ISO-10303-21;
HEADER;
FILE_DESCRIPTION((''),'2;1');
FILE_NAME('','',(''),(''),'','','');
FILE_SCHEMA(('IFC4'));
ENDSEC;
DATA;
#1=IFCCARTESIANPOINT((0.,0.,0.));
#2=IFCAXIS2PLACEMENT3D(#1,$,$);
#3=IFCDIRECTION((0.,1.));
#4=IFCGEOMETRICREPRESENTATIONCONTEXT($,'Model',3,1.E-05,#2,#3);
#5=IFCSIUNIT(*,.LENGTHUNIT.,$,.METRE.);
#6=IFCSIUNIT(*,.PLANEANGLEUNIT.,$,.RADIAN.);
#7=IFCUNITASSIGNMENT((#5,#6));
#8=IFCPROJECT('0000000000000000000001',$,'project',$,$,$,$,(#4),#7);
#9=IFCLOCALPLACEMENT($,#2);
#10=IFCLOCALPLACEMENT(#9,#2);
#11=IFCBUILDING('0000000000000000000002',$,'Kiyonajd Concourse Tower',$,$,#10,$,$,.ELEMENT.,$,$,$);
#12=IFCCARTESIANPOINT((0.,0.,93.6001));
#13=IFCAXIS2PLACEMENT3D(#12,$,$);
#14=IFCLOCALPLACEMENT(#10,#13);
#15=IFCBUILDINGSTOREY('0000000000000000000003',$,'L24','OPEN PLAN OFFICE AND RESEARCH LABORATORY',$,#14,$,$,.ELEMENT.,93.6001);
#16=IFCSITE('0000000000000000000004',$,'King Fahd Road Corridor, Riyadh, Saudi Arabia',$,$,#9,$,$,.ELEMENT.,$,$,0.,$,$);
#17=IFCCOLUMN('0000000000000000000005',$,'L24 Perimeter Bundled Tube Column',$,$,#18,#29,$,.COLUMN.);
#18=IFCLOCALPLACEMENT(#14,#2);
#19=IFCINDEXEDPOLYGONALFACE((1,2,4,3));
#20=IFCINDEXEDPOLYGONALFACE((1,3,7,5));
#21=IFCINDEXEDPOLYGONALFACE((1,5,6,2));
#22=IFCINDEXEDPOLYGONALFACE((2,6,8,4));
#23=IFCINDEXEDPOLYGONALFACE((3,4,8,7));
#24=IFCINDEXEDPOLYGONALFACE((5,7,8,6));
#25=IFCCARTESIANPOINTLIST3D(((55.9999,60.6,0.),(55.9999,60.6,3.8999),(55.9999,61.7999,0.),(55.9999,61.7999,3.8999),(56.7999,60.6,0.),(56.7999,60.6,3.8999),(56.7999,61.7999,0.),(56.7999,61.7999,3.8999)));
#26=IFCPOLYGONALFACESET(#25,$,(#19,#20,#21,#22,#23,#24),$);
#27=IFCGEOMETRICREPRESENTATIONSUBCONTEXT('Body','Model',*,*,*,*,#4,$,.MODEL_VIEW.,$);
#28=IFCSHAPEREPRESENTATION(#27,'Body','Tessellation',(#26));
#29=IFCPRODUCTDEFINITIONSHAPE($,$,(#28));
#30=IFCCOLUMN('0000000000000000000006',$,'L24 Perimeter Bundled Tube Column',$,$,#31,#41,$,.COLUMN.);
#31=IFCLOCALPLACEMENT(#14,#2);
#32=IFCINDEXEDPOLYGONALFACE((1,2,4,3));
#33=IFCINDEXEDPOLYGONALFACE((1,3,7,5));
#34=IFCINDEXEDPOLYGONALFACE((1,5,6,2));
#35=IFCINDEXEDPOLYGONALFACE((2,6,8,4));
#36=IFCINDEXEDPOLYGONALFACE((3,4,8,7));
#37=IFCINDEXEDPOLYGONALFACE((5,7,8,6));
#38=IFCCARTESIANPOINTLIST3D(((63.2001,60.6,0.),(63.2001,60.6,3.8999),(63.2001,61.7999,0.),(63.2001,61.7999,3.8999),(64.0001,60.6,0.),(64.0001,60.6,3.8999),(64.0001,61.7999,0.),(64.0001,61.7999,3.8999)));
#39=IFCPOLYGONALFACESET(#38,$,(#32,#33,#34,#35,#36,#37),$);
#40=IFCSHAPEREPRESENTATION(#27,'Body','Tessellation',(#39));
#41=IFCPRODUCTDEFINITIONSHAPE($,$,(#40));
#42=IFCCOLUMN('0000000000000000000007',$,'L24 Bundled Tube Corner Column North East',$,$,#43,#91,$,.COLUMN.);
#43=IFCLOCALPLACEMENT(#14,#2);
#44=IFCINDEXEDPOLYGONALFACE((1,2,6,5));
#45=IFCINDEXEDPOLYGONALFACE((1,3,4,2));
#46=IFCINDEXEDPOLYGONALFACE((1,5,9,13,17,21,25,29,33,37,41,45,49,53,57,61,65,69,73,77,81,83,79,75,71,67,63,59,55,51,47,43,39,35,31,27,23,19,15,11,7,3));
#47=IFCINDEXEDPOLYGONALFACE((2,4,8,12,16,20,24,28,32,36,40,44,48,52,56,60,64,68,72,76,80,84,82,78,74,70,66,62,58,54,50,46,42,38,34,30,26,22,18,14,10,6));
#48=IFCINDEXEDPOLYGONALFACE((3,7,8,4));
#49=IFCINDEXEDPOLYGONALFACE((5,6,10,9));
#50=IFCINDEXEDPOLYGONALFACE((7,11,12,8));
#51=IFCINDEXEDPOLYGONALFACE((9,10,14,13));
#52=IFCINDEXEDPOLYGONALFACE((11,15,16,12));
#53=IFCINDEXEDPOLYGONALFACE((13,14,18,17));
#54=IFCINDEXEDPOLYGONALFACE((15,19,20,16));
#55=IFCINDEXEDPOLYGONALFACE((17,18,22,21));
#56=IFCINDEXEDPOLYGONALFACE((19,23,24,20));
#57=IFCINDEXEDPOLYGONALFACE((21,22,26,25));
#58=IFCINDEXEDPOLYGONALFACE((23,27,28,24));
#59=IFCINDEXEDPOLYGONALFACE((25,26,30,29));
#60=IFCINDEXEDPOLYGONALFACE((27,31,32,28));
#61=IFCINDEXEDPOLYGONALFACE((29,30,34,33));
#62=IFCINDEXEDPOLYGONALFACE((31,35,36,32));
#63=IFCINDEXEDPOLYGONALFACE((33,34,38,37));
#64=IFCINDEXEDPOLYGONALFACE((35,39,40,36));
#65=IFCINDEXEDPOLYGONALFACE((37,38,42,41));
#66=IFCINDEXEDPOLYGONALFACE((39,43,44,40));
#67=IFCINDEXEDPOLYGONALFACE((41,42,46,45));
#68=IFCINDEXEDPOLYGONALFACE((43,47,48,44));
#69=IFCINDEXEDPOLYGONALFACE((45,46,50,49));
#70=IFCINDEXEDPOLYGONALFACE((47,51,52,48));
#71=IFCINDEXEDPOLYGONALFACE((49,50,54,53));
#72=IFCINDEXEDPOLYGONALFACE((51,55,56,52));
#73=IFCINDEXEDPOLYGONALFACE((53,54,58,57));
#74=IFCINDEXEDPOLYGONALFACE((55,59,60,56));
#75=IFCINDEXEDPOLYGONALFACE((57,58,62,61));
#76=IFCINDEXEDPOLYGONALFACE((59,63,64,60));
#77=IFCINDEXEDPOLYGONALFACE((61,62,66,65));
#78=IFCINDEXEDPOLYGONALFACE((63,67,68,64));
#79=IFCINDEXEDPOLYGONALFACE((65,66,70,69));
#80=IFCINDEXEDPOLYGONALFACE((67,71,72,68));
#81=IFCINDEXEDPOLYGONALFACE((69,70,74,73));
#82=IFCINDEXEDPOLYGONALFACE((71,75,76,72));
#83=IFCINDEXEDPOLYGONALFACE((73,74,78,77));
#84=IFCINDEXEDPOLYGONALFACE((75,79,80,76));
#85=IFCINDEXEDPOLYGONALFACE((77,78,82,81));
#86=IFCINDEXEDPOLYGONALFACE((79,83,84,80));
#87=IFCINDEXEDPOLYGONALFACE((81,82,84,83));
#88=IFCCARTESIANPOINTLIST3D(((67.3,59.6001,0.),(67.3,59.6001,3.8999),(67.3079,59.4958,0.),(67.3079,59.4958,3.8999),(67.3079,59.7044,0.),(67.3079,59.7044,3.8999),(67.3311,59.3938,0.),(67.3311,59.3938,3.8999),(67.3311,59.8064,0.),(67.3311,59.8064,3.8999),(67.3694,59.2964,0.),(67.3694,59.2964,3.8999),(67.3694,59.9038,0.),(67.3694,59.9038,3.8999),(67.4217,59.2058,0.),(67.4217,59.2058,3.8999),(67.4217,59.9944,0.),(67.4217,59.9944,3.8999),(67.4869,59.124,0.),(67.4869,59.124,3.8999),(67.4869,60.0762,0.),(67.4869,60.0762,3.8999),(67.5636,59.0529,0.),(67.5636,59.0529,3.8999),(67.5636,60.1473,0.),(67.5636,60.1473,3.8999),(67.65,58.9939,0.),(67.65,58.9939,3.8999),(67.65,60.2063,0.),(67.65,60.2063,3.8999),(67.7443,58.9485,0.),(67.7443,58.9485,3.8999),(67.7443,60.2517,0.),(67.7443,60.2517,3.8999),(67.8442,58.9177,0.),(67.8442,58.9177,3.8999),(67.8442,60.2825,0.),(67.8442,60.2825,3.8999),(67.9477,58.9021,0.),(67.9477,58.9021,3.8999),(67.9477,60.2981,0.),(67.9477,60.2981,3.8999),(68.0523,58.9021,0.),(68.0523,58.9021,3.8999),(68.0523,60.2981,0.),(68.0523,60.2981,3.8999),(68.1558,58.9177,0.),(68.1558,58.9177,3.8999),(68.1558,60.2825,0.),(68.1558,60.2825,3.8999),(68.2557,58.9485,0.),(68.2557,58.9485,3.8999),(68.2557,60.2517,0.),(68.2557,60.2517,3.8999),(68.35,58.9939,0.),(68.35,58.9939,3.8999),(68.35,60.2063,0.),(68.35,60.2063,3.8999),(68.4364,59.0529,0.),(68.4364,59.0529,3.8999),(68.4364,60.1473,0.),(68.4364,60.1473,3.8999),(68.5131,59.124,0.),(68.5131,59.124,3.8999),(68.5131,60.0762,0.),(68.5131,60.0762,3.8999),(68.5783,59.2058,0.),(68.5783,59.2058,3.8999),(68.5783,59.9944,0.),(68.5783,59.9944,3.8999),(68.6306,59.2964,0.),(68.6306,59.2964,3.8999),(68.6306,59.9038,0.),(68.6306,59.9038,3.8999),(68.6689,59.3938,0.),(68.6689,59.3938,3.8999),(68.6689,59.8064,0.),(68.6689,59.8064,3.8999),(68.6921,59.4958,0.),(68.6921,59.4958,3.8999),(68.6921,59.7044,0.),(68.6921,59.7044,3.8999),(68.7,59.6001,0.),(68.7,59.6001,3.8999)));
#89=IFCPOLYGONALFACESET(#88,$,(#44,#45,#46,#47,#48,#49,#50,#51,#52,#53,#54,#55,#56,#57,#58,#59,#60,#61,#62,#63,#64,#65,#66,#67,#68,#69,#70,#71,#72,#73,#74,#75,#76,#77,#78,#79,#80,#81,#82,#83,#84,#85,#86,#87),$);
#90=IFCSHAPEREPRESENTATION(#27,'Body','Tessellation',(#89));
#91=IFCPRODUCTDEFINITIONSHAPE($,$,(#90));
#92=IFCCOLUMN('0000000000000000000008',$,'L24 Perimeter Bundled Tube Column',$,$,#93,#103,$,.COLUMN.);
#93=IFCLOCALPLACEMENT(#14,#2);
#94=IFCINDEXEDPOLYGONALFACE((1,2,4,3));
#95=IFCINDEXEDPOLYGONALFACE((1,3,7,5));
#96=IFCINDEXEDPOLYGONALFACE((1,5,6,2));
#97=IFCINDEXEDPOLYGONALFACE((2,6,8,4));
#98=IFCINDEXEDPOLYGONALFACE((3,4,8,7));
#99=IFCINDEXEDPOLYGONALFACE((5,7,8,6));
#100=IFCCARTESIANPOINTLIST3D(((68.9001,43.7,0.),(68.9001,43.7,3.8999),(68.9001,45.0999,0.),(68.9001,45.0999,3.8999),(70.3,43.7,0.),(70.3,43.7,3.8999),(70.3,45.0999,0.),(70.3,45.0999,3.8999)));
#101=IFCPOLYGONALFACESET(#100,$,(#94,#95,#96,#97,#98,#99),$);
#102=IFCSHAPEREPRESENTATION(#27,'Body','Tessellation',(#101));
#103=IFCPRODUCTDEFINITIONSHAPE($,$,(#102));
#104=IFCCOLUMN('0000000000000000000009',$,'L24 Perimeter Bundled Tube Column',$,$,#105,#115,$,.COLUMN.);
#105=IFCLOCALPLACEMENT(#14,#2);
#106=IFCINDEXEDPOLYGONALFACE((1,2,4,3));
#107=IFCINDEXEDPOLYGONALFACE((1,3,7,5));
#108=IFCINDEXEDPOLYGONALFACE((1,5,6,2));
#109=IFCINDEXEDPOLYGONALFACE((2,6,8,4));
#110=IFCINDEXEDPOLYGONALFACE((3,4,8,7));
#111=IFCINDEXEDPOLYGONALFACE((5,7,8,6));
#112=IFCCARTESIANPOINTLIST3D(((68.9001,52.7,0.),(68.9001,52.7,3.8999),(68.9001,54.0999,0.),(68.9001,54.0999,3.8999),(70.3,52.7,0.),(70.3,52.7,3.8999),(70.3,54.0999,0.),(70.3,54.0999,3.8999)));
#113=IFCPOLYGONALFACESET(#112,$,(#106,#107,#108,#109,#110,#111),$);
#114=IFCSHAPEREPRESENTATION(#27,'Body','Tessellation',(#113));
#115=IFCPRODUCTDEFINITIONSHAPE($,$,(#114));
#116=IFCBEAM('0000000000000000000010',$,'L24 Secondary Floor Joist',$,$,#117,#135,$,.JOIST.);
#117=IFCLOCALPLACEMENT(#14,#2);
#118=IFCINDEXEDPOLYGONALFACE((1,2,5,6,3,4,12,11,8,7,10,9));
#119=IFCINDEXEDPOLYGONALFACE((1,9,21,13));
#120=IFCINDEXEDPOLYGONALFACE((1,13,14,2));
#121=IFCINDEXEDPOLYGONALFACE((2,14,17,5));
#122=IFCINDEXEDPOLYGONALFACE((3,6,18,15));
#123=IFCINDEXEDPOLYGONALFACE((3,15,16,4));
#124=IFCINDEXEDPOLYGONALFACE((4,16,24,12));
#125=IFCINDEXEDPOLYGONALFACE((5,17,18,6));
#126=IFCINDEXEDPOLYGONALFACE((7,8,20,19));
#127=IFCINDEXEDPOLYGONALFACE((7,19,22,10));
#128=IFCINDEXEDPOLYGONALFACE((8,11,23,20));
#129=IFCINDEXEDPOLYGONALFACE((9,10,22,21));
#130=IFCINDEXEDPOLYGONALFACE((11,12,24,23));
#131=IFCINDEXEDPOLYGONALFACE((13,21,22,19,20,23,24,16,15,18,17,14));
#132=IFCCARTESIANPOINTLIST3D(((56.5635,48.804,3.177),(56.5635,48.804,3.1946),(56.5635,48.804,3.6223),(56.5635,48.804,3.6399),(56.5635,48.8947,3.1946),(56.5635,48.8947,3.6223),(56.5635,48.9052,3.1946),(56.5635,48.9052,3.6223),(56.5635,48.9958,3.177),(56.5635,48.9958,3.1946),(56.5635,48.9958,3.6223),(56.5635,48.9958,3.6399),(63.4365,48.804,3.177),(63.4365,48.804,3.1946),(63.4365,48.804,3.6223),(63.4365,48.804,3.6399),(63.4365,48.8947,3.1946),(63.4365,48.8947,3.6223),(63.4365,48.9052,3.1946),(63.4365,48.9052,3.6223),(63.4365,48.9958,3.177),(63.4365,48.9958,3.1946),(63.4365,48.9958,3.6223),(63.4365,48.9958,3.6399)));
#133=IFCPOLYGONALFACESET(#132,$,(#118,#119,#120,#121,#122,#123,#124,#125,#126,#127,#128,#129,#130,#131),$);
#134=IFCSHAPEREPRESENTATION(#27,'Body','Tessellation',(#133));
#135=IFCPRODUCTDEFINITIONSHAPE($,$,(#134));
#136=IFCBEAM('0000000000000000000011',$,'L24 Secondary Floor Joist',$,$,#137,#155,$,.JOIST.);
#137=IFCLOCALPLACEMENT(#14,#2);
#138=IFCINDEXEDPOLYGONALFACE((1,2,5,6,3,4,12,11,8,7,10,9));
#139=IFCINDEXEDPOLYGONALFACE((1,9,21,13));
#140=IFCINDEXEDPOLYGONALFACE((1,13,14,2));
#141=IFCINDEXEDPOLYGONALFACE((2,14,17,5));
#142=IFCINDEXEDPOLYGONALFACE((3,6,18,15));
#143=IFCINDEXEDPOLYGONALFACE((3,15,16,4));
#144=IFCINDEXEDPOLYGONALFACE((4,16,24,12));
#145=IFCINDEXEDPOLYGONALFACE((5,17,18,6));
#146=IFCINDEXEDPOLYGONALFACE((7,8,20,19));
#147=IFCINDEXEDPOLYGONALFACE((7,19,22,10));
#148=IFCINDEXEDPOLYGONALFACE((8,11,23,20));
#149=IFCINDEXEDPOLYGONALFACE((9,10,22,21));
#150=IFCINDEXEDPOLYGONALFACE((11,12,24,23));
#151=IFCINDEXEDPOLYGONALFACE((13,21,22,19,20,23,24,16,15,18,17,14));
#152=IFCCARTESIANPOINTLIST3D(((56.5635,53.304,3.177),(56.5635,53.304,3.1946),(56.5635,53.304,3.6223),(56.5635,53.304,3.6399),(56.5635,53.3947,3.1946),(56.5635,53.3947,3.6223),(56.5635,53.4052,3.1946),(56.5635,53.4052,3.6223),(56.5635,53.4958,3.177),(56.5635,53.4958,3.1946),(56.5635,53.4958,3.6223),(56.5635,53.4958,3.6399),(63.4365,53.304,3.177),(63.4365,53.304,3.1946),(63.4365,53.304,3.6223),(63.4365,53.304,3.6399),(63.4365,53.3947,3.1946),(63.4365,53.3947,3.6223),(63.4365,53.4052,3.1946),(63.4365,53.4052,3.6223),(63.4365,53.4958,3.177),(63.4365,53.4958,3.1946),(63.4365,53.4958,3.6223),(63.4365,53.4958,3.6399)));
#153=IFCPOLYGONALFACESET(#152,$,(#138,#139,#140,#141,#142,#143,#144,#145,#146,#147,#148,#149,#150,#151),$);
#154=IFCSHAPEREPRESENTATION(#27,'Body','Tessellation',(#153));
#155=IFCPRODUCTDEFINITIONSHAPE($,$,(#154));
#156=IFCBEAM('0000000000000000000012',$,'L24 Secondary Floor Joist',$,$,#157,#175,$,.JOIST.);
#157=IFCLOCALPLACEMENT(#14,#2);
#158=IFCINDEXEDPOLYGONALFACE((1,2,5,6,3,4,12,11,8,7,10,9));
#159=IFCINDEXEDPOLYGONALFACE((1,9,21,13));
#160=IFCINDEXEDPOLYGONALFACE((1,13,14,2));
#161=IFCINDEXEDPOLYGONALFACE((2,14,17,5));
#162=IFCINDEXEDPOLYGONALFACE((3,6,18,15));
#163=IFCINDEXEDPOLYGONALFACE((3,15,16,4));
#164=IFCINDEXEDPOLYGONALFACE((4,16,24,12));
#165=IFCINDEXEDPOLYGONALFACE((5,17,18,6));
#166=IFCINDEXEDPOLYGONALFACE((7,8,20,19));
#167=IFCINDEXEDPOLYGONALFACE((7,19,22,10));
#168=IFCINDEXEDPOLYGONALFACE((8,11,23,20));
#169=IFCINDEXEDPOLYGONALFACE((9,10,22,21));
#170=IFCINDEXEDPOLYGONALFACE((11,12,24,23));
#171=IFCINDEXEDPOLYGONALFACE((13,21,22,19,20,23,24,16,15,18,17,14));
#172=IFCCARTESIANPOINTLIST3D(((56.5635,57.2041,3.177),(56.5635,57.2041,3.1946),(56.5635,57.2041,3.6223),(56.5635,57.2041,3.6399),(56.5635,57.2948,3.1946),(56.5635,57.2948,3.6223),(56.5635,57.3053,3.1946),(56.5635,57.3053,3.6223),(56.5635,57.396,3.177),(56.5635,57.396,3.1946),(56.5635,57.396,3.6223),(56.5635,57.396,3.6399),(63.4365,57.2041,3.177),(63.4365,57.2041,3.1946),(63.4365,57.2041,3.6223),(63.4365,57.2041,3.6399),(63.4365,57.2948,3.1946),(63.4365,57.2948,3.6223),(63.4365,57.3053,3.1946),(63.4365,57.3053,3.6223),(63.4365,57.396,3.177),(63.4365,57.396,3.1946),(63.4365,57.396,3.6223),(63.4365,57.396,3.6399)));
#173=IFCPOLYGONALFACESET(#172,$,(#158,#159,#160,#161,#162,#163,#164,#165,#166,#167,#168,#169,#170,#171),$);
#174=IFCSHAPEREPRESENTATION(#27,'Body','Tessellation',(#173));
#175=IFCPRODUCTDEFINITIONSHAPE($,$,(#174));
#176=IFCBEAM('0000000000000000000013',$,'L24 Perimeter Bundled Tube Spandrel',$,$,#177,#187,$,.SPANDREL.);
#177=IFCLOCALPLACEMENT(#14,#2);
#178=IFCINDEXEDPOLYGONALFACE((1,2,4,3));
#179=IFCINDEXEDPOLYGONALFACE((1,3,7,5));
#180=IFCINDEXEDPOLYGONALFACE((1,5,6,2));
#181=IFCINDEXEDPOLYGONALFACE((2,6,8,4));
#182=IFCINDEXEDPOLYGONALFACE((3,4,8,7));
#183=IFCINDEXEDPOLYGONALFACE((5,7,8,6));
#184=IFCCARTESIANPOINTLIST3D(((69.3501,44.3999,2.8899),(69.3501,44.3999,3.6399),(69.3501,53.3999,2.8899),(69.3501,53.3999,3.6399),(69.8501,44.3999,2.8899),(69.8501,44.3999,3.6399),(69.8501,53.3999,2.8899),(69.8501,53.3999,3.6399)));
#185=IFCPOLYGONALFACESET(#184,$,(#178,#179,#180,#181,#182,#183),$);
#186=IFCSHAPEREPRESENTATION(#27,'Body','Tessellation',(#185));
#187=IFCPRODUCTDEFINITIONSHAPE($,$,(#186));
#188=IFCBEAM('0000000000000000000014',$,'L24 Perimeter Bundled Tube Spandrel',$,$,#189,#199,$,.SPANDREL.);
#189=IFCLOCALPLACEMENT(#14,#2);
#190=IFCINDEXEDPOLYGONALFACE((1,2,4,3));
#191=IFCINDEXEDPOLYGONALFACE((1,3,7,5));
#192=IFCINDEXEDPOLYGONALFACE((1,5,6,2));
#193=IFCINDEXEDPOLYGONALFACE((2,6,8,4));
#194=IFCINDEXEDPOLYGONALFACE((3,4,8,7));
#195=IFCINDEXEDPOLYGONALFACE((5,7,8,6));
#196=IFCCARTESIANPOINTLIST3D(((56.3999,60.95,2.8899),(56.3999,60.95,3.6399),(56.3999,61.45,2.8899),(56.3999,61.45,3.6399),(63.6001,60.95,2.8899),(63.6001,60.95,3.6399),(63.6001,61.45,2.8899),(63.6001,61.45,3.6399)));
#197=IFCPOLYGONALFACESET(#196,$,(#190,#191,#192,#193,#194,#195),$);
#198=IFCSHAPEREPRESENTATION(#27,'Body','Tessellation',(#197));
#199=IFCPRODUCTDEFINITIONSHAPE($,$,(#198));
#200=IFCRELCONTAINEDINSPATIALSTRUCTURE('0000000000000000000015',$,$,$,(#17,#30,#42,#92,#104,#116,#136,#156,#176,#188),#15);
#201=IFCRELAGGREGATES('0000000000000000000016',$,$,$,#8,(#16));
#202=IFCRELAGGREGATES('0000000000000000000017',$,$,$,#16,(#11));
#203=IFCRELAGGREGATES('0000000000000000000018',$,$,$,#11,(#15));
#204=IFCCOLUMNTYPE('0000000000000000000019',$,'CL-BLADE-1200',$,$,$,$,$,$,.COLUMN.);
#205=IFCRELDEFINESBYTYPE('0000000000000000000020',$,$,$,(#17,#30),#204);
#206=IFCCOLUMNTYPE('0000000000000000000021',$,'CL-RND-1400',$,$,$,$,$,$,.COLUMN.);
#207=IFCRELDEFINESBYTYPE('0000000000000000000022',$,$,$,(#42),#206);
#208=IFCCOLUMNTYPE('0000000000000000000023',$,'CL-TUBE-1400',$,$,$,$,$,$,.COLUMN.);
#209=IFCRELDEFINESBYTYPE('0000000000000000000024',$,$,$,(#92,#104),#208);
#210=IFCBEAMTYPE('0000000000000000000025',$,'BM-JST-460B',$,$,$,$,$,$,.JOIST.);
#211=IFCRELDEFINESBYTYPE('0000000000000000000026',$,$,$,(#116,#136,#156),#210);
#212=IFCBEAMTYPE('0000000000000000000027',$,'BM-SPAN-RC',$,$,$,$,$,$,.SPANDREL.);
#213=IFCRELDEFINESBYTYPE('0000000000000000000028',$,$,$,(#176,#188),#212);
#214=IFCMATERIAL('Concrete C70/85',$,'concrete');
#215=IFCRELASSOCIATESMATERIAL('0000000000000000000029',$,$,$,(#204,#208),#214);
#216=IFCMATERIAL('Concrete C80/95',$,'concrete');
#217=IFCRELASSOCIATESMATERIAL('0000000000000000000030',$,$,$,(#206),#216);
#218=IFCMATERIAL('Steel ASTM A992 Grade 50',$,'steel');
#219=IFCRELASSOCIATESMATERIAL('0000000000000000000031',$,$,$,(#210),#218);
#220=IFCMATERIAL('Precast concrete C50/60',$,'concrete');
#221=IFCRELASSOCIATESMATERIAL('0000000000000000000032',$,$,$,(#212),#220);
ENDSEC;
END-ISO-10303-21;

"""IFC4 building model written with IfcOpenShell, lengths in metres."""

from ifc_helpers import new_model, si_unit, direction, frame, origin, origin_2d, place, context, subcontext, project, spatial, rectangle, circle, i_section, extrude, material, material_profile, profile_set, type_object, element, save


model = new_model("IFC4")

# Units and contexts
model_context = context("Model", 3, precision=1e-05, world=origin(), true_north=direction((0.0, 1.0)))
body_context = subcontext(model_context, "Body", "Model", "MODEL_VIEW")
ifc_project = project(units=[si_unit("LENGTHUNIT", "METRE"), si_unit("PLANEANGLEUNIT", "RADIAN")], contexts=[model_context])

# Site, building, storey
site_placement = place(None, origin())
site = spatial("IfcSite", under=ifc_project, at=site_placement, Name="King Fahd Road Corridor, Riyadh, Saudi Arabia", CompositionType="ELEMENT", RefElevation=0.0)
building_placement = place(site_placement, origin())
building = spatial("IfcBuilding", under=site, at=building_placement, Name="Kiyonajd Concourse Tower", CompositionType="ELEMENT")
storey_placement = place(building_placement, frame((0.0, 0.0, 93.6001)))
storey = spatial("IfcBuildingStorey", under=building, at=storey_placement, Name="L24", Description="OPEN PLAN OFFICE AND RESEARCH LABORATORY", CompositionType="ELEMENT", Elevation=93.6001)

# Columns
ifc_material_1 = material(Name="Concrete C70/85", Category="concrete")
ifc_material_profile_1 = material_profile(ifc_material_1, rectangle(XDim=0.8, YDim=1.2, at=origin_2d()), Name="RC-1200x800")
ifc_profile_set_1 = profile_set([ifc_material_profile_1], Name="Concrete C70/85")
column_type_1 = type_object("IfcColumnType", Name="CL-BLADE-1200", PredefinedType="COLUMN", material=ifc_profile_set_1)
for number, where, z_axis, x_axis, name in (
    (1, (56.3999, 61.2, 0.0), (0.0, 0.0, 1.0), (1.0, 0.0, 0.0), "L24 Perimeter Bundled Tube Column"),
    (2, (63.6001, 61.2, 0.0), (0.0, 0.0, 1.0), (1.0, 0.0, 0.0), "L24 Perimeter Bundled Tube Column"),
):
    element("IfcColumn", number, at=place(storey_placement, frame(where, z_axis=z_axis, x_axis=x_axis)), inside=storey, type_object=column_type_1, Name=name, PredefinedType="COLUMN", context=body_context, shape_type="SweptSolid", body=[
        extrude(rectangle(XDim=0.8, YDim=1.2, at=origin_2d()), origin(), (0.0, 0.0, 1.0), 3.8999),
    ])
ifc_material_2 = material(Name="Concrete C80/95", Category="concrete")
ifc_material_profile_2 = material_profile(ifc_material_2, circle(Radius=0.7, at=origin_2d()), Name="RCC-D1400")
ifc_profile_set_2 = profile_set([ifc_material_profile_2], Name="Concrete C80/95")
column_type_2 = type_object("IfcColumnType", Name="CL-RND-1400", PredefinedType="COLUMN", material=ifc_profile_set_2)
column_placement = place(storey_placement, frame((68.0, 59.6001, 0.0), z_axis=(0.0, 0.0, 1.0), x_axis=(1.0, 0.0, 0.0)))
element("IfcColumn", 3, at=column_placement, inside=storey, type_object=column_type_2, Name="L24 Bundled Tube Corner Column North East", PredefinedType="COLUMN", context=body_context, shape_type="SweptSolid", body=[
    extrude(circle(Radius=0.7, at=origin_2d()), origin(), (0.0, 0.0, 1.0), 3.8999),
])
ifc_material_profile_3 = material_profile(ifc_material_1, rectangle(XDim=1.3999, YDim=1.3999, at=origin_2d()), Name="RC-1400x1400")
ifc_profile_set_3 = profile_set([ifc_material_profile_3], Name="Concrete C70/85")
column_type_3 = type_object("IfcColumnType", Name="CL-TUBE-1400", PredefinedType="COLUMN", material=ifc_profile_set_3)
for number, where, z_axis, x_axis, name in (
    (4, (69.6001, 44.3999, 0.0), (0.0, 0.0, 1.0), (1.0, 0.0, 0.0), "L24 Perimeter Bundled Tube Column"),
    (5, (69.6001, 53.3999, 0.0), (0.0, 0.0, 1.0), (1.0, 0.0, 0.0), "L24 Perimeter Bundled Tube Column"),
):
    element("IfcColumn", number, at=place(storey_placement, frame(where, z_axis=z_axis, x_axis=x_axis)), inside=storey, type_object=column_type_3, Name=name, PredefinedType="COLUMN", context=body_context, shape_type="SweptSolid", body=[
        extrude(rectangle(XDim=1.3999, YDim=1.3999, at=origin_2d()), origin(), (0.0, 0.0, 1.0), 3.8999),
    ])

# Beams
ifc_material_3 = material(Name="Steel ASTM A992 Grade 50", Category="steel")
ifc_material_profile_4 = material_profile(ifc_material_3, i_section(OverallWidth=0.1919, OverallDepth=0.4629, WebThickness=0.0105, FlangeThickness=0.0176, at=origin_2d()), Name="W460X89")
ifc_profile_set_4 = profile_set([ifc_material_profile_4], Name="Steel ASTM A992 Grade 50")
beam_type_1 = type_object("IfcBeamType", Name="BM-JST-460B", PredefinedType="JOIST", material=ifc_profile_set_4)
for number, where, z_axis, x_axis, name in (
    (6, (56.5635, 48.8999, 3.4084), (1.0, 0.0, 0.0), (0.0, 1.0, 0.0), "L24 Secondary Floor Joist"),
    (7, (56.5635, 53.3999, 3.4084), (1.0, 0.0, 0.0), (0.0, 1.0, 0.0), "L24 Secondary Floor Joist"),
    (8, (56.5635, 57.3, 3.4084), (1.0, 0.0, 0.0), (0.0, 1.0, 0.0), "L24 Secondary Floor Joist"),
):
    element("IfcBeam", number, at=place(storey_placement, frame(where, z_axis=z_axis, x_axis=x_axis)), inside=storey, type_object=beam_type_1, Name=name, PredefinedType="JOIST", context=body_context, shape_type="SweptSolid", body=[
        extrude(i_section(OverallWidth=0.1919, OverallDepth=0.4629, WebThickness=0.0105, FlangeThickness=0.0176, at=origin_2d()), origin(), (0.0, 0.0, 1.0), 6.873),
    ])
ifc_material_4 = material(Name="Precast concrete C50/60", Category="concrete")
ifc_material_profile_5 = material_profile(ifc_material_4, rectangle(XDim=0.5, YDim=0.75, at=origin_2d()), Name="RCBM-500x750")
ifc_profile_set_5 = profile_set([ifc_material_profile_5], Name="Precast concrete C50/60")
beam_type_2 = type_object("IfcBeamType", Name="BM-SPAN-RC", PredefinedType="SPANDREL", material=ifc_profile_set_5)
beam_1_placement = place(storey_placement, frame((69.6001, 44.3999, 3.2649), z_axis=(0.0, 1.0, 0.0), x_axis=(-1.0, 0.0, 0.0)))
element("IfcBeam", 9, at=beam_1_placement, inside=storey, type_object=beam_type_2, Name="L24 Perimeter Bundled Tube Spandrel", PredefinedType="SPANDREL", context=body_context, shape_type="SweptSolid", body=[
    extrude(rectangle(XDim=0.5, YDim=0.75, at=origin_2d()), origin(), (0.0, 0.0, 1.0), 9.0),
])
beam_2_placement = place(storey_placement, frame((63.6001, 61.2, 3.2649), z_axis=(-1.0, 0.0, 0.0), x_axis=(0.0, -1.0, 0.0)))
element("IfcBeam", 10, at=beam_2_placement, inside=storey, type_object=beam_type_2, Name="L24 Perimeter Bundled Tube Spandrel", PredefinedType="SPANDREL", context=body_context, shape_type="SweptSolid", body=[
    extrude(rectangle(XDim=0.5, YDim=0.75, at=origin_2d()), origin(), (0.0, 0.0, 1.0), 7.2002),
])

save(model, "model.ifc")
